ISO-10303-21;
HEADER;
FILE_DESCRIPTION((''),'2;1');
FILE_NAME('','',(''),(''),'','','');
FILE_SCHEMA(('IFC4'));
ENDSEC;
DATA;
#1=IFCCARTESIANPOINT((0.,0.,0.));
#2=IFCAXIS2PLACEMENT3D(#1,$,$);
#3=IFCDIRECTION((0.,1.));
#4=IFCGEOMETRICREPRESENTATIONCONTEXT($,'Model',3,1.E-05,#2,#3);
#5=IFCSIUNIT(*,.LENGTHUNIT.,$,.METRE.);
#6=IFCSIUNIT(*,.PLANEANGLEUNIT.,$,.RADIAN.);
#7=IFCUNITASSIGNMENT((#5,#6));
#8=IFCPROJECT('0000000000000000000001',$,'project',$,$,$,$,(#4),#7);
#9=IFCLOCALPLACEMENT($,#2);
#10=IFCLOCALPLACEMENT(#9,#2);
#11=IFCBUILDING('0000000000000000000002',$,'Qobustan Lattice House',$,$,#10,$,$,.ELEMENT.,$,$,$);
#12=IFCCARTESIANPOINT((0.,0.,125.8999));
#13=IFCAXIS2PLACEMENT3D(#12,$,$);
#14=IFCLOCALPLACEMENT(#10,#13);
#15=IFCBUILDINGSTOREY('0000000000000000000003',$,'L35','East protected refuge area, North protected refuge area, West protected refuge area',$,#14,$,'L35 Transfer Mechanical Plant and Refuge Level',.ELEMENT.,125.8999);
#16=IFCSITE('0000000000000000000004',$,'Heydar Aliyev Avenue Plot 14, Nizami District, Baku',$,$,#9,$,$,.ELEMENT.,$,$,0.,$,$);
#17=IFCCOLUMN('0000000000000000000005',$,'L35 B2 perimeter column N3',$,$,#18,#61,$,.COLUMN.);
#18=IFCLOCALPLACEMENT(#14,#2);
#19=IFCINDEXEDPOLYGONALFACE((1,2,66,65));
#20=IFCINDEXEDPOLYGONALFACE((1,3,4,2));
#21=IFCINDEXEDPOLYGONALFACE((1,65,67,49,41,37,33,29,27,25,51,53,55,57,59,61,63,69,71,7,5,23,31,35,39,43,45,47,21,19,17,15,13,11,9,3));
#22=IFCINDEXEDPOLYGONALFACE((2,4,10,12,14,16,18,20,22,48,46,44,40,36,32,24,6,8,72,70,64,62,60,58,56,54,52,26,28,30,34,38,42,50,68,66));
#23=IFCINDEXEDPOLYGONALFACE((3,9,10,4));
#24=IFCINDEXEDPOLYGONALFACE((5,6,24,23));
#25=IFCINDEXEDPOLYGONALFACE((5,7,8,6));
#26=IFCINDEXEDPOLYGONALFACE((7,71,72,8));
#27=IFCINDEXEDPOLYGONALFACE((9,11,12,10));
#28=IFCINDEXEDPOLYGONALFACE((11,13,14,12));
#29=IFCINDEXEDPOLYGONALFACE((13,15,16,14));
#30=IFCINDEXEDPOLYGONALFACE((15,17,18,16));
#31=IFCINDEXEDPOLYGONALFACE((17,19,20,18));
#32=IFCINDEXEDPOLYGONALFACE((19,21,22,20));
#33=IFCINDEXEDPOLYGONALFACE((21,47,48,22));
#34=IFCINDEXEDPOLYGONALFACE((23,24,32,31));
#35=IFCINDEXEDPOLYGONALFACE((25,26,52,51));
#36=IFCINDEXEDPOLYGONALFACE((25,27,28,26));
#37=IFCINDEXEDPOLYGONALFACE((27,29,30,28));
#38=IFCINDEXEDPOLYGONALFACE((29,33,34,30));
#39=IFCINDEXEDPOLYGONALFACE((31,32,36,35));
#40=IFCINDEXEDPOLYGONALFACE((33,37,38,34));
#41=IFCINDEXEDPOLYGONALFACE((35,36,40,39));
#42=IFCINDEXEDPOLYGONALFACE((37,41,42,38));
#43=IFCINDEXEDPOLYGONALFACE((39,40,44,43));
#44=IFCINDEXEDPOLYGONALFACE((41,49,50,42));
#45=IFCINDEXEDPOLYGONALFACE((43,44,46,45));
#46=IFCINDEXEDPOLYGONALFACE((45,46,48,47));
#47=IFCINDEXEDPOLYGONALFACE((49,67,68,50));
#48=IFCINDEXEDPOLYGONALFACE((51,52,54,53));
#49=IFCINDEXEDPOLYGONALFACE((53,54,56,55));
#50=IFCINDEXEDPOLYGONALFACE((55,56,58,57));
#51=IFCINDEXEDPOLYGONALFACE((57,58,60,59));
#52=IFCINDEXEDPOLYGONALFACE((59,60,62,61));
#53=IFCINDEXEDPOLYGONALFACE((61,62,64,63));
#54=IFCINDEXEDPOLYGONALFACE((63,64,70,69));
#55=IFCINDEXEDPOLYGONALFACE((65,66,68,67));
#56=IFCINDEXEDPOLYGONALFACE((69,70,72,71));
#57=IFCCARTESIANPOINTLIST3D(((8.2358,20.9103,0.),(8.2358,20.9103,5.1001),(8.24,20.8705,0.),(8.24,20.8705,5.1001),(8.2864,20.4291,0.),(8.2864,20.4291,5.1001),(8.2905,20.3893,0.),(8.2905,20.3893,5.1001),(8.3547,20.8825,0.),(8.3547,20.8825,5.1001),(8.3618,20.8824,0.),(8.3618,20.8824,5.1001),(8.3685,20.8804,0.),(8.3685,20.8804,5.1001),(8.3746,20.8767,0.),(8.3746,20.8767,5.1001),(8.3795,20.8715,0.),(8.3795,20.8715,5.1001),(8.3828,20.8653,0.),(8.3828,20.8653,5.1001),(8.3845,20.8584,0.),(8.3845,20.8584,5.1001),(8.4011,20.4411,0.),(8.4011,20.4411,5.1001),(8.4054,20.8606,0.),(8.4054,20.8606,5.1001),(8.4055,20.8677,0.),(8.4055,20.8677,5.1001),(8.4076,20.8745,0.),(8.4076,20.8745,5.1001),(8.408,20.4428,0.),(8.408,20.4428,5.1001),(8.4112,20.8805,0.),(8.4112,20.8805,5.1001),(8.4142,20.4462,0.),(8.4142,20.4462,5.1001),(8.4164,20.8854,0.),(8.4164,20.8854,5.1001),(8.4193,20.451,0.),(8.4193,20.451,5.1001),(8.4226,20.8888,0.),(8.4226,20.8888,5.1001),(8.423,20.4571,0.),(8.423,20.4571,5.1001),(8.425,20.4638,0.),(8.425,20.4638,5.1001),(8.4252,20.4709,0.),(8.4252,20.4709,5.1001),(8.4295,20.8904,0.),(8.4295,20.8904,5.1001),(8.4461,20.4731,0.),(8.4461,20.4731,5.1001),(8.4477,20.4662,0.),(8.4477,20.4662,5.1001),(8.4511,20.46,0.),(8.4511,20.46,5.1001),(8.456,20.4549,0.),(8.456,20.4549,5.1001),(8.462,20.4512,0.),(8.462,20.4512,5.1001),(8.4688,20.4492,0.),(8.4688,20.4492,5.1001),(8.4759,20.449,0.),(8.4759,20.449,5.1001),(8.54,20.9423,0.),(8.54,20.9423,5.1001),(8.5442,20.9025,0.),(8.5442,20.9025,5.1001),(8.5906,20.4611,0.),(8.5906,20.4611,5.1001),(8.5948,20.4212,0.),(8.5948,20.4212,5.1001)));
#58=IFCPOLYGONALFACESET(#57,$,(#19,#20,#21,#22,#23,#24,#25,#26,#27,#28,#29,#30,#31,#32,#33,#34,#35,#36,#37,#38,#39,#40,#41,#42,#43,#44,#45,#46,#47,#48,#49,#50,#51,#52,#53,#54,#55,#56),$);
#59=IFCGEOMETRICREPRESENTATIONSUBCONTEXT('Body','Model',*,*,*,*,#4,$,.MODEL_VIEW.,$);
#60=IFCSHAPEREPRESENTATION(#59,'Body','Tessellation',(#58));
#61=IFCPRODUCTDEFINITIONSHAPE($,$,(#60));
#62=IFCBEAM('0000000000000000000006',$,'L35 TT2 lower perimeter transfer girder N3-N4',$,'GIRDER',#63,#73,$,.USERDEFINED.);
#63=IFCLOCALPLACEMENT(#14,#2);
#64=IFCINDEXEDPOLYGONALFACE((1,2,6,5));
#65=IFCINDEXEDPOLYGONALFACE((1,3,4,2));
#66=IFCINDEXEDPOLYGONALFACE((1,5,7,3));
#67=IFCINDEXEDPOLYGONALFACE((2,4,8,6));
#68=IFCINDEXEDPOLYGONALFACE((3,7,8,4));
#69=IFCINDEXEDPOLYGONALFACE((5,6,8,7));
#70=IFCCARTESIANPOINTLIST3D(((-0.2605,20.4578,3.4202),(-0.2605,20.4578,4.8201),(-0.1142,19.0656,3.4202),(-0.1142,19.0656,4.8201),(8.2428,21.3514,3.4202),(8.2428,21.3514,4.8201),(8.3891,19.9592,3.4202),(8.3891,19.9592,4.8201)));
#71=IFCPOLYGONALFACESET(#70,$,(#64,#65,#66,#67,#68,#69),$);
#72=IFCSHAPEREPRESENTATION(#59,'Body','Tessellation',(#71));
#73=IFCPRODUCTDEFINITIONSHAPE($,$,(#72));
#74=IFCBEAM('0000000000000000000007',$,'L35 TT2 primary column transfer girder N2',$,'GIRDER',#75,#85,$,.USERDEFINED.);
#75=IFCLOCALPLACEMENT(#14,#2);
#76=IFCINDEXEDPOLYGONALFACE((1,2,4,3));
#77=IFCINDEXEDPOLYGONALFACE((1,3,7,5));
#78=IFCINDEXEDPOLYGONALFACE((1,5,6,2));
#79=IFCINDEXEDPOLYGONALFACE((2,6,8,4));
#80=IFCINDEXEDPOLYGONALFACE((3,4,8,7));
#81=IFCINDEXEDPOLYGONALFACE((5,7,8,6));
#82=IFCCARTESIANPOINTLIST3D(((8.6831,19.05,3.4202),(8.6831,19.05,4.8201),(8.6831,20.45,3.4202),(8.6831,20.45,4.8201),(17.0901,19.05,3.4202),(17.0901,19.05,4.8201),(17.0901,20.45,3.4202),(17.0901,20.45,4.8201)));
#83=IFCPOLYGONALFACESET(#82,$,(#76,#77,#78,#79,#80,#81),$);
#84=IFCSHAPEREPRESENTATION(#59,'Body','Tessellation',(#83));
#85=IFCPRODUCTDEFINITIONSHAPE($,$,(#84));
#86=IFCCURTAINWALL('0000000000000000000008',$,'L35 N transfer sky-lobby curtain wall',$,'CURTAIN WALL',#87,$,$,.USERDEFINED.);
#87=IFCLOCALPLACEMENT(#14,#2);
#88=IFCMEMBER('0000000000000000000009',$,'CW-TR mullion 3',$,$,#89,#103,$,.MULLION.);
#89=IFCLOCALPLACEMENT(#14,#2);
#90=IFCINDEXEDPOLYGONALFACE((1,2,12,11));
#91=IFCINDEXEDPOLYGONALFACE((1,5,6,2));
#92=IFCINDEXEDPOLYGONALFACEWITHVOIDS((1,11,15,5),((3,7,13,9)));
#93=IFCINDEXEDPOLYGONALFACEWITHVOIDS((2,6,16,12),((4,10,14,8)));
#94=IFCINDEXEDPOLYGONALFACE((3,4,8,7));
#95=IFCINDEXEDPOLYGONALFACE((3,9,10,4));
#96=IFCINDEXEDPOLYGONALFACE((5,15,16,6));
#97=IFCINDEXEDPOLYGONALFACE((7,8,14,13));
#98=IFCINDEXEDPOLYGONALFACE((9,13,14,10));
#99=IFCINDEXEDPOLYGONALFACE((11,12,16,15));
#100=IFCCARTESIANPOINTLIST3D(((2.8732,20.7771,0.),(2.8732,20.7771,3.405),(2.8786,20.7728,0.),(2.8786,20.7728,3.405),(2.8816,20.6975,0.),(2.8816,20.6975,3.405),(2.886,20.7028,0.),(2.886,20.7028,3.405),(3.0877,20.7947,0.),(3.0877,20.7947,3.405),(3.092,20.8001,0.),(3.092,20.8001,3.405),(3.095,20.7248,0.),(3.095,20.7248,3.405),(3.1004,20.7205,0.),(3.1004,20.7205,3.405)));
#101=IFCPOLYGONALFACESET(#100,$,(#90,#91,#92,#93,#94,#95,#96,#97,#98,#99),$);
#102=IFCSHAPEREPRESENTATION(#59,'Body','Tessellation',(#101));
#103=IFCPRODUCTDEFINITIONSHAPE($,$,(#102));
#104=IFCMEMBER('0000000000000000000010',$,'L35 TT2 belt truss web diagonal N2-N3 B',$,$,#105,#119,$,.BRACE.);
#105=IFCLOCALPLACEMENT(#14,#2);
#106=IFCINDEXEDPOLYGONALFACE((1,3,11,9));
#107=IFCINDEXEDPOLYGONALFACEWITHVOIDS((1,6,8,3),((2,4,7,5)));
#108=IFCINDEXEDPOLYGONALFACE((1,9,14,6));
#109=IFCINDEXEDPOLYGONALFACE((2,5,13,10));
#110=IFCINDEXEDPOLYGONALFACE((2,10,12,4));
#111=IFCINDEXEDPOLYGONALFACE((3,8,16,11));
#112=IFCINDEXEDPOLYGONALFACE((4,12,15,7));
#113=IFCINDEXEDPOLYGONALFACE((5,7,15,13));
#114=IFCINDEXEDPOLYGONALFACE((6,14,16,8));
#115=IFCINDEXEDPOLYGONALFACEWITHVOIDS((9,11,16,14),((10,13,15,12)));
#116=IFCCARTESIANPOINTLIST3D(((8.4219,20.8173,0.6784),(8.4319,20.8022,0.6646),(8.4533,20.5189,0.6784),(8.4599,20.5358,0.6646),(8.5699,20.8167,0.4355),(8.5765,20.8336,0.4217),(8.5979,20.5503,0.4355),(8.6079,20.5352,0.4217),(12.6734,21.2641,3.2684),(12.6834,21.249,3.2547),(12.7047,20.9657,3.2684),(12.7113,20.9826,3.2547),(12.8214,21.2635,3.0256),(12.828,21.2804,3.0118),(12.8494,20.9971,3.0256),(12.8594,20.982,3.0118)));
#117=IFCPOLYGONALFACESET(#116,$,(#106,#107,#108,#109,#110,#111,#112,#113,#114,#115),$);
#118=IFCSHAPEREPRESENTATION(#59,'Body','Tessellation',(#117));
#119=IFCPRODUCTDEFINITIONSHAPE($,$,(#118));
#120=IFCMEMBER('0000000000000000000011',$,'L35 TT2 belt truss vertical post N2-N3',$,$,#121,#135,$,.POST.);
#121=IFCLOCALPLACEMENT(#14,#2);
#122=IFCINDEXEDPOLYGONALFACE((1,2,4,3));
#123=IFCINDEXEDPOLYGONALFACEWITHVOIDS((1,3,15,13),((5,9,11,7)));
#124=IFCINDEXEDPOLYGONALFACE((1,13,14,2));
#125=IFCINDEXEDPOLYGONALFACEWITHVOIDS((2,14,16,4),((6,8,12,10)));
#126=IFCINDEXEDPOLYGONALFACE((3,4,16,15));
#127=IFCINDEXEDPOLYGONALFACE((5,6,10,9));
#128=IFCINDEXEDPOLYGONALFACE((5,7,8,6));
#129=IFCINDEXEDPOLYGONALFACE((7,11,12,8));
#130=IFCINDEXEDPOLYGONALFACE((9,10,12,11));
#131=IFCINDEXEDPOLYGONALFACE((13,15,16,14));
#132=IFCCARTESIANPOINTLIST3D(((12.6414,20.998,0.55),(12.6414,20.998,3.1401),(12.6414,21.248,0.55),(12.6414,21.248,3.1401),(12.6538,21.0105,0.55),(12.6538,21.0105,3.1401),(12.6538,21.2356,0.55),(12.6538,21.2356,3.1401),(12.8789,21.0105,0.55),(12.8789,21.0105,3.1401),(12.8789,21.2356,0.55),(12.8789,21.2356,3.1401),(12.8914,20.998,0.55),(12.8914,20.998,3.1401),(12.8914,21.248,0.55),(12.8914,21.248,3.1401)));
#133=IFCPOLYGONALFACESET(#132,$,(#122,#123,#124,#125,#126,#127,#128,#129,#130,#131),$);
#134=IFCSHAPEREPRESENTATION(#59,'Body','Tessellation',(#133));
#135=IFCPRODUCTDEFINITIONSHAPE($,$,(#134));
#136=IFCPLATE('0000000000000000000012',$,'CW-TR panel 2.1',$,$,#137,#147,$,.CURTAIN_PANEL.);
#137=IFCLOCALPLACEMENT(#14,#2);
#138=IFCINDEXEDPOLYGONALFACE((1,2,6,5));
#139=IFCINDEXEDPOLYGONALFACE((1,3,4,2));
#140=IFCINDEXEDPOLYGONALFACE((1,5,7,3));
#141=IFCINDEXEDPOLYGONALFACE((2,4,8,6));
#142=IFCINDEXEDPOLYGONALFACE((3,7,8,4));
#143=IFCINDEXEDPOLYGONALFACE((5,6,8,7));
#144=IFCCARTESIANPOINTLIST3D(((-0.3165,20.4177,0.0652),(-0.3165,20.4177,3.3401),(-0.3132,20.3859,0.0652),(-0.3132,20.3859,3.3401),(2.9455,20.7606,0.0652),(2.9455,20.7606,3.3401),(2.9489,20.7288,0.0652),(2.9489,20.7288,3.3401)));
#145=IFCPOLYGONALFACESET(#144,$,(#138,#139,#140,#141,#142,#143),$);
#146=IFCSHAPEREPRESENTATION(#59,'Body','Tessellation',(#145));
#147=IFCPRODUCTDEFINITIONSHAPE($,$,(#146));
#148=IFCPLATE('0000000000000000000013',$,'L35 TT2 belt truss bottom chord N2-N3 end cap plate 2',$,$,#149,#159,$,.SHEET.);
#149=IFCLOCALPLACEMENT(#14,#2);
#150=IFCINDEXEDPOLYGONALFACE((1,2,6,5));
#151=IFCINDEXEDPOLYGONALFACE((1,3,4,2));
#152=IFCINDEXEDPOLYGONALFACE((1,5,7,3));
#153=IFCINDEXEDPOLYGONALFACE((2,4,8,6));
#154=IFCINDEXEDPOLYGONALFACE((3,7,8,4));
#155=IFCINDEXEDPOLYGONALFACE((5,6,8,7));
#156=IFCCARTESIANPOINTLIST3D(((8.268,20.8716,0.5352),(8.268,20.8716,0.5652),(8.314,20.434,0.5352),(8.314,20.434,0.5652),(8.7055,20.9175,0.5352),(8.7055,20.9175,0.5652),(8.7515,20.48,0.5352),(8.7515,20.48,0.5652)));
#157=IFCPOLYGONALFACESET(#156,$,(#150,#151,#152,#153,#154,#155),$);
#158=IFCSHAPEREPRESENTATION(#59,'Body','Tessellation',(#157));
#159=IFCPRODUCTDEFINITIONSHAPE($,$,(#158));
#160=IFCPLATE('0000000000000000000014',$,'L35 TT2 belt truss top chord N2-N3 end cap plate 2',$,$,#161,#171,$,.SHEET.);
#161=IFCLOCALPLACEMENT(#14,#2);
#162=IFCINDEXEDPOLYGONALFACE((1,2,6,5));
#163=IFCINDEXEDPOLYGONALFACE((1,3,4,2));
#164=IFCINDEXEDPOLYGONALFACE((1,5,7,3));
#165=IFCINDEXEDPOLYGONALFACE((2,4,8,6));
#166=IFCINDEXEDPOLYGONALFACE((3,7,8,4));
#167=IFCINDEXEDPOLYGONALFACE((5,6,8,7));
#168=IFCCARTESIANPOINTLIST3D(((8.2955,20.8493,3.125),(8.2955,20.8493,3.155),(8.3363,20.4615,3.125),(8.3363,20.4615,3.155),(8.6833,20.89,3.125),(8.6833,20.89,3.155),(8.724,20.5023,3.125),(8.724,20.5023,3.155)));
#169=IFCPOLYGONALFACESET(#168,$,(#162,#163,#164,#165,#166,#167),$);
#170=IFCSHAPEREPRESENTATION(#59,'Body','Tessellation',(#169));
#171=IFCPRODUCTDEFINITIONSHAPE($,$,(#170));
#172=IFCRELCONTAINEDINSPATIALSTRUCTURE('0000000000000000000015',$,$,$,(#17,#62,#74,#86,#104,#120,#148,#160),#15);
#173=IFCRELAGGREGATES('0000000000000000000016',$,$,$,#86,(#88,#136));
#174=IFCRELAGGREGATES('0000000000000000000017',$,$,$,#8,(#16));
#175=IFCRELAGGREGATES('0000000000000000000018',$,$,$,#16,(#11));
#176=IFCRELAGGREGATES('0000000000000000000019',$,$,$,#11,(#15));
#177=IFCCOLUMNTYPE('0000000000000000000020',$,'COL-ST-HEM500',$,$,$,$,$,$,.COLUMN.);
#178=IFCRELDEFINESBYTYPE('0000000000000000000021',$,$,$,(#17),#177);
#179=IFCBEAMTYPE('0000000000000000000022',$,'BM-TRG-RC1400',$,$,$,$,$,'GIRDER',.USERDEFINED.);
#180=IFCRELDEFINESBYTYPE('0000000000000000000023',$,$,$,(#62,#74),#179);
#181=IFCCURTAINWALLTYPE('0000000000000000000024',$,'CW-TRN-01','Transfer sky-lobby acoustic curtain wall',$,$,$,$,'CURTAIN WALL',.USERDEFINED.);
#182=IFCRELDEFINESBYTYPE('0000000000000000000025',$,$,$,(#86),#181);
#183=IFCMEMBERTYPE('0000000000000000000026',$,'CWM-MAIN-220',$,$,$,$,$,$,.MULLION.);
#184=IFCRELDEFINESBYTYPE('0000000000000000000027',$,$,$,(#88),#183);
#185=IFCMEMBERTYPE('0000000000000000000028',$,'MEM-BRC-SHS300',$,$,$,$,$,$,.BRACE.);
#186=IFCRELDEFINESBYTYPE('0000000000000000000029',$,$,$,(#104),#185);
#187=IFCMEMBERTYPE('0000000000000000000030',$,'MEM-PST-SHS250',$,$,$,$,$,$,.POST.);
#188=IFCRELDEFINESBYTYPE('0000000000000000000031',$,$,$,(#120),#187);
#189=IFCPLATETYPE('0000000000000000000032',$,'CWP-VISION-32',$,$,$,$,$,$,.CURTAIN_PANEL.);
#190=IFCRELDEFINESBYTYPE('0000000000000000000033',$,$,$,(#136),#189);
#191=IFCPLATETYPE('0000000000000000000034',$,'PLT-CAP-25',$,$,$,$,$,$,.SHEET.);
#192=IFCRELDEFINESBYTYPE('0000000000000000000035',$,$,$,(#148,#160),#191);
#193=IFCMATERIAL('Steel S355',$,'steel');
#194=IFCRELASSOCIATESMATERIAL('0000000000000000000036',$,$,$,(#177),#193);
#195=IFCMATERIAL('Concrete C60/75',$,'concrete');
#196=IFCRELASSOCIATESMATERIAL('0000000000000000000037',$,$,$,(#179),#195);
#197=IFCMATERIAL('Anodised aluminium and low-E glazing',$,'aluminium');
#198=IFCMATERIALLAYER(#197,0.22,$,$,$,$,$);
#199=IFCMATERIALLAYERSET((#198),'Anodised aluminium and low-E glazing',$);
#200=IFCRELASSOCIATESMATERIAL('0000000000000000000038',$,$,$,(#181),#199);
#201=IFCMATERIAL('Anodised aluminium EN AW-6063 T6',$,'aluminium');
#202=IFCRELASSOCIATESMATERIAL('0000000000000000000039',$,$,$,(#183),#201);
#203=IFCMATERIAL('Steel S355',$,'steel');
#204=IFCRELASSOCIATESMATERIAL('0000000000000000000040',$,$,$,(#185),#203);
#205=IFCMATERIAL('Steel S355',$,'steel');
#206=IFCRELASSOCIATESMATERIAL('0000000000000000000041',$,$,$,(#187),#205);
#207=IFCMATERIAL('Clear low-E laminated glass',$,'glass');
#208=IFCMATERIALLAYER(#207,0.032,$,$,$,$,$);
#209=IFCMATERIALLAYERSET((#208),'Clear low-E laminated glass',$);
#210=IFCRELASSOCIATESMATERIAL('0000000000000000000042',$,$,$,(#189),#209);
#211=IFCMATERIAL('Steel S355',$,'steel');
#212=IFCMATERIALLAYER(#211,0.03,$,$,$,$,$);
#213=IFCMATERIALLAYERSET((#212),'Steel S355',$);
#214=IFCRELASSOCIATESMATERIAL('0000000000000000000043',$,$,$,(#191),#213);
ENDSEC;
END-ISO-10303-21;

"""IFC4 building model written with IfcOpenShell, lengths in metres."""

from ifc_helpers import new_model, si_unit, direction, frame, origin, origin_2d, place, context, subcontext, project, spatial, rectangle, hollow_rectangle, i_section, extrude, material, layer, layer_set, material_profile, profile_set, type_object, element, aggregate, save


model = new_model("IFC4")

# Units and contexts
model_context = context("Model", 3, precision=1e-05, world=origin(), true_north=direction((0.0, 1.0)))
body_context = subcontext(model_context, "Body", "Model", "MODEL_VIEW")
ifc_project = project(units=[si_unit("LENGTHUNIT", "METRE"), si_unit("PLANEANGLEUNIT", "RADIAN")], contexts=[model_context])

# Site, building, storey
site_placement = place(None, origin())
site = spatial("IfcSite", under=ifc_project, at=site_placement, Name="Heydar Aliyev Avenue Plot 14, Nizami District, Baku", CompositionType="ELEMENT", RefElevation=0.0)
building_placement = place(site_placement, origin())
building = spatial("IfcBuilding", under=site, at=building_placement, Name="Qobustan Lattice House", CompositionType="ELEMENT")
storey_placement = place(building_placement, frame((0.0, 0.0, 125.8999)))
storey = spatial("IfcBuildingStorey", under=building, at=storey_placement, Name="L35", Description="East protected refuge area, North protected refuge area, West protected refuge area", LongName="L35 Transfer Mechanical Plant and Refuge Level", CompositionType="ELEMENT", Elevation=125.8999)

# Column
ifc_material_1 = material(Name="Steel S355", Category="steel")
ifc_material_profile_1 = material_profile(ifc_material_1, i_section(OverallWidth=0.3059, OverallDepth=0.5239, WebThickness=0.021, FlangeThickness=0.04, FilletRadius=0.0271, at=origin_2d()), Name="HEM500")
ifc_profile_set_1 = profile_set([ifc_material_profile_1], Name="Steel S355")
column_type = type_object("IfcColumnType", Name="COL-ST-HEM500", PredefinedType="COLUMN", material=ifc_profile_set_1)
column_placement = place(storey_placement, frame((8.4153, 20.6658, 0.0), z_axis=(0.0, 0.0, 1.0), x_axis=(0.994522, 0.104528, 0.0)))
element("IfcColumn", 1, at=column_placement, inside=storey, type_object=column_type, Name="L35 B2 perimeter column N3", PredefinedType="COLUMN", context=body_context, shape_type="SweptSolid", body=[
    extrude(i_section(OverallWidth=0.3059, OverallDepth=0.5239, WebThickness=0.021, FlangeThickness=0.04, FilletRadius=0.0271, at=origin_2d()), origin(), (0.0, 0.0, 1.0), 5.1001),
])

# Beams
ifc_material_2 = material(Name="Concrete C60/75", Category="concrete")
ifc_material_profile_2 = material_profile(ifc_material_2, rectangle(XDim=1.3999, YDim=1.3999, at=origin_2d()), Name="RC1400x1400")
ifc_profile_set_2 = profile_set([ifc_material_profile_2], Name="Concrete C60/75")
beam_type = type_object("IfcBeamType", Name="BM-TRG-RC1400", ElementType="GIRDER", PredefinedType="USERDEFINED", material=ifc_profile_set_2)
beam_1_placement = place(storey_placement, frame((8.3159, 20.6553, 4.1201), z_axis=(-0.994524, -0.104509, 0.0), x_axis=(0.104509, -0.994524, 0.0)))
element("IfcBeam", 2, at=beam_1_placement, inside=storey, type_object=beam_type, Name="L35 TT2 lower perimeter transfer girder N3-N4", ObjectType="GIRDER", PredefinedType="USERDEFINED", context=body_context, shape_type="SweptSolid", body=[
    extrude(rectangle(XDim=1.3999, YDim=1.3999, at=origin_2d()), origin(), (0.0, 0.0, 1.0), 8.55),
])
beam_2_placement = place(storey_placement, frame((8.6831, 19.75, 4.1201), z_axis=(1.0, 0.0, 0.0), x_axis=(0.0, 1.0, 0.0)))
element("IfcBeam", 3, at=beam_2_placement, inside=storey, type_object=beam_type, Name="L35 TT2 primary column transfer girder N2", ObjectType="GIRDER", PredefinedType="USERDEFINED", context=body_context, shape_type="SweptSolid", body=[
    extrude(rectangle(XDim=1.3999, YDim=1.3999, at=origin_2d()), origin(), (0.0, 0.0, 1.0), 8.407),
])

# Curtain wall, member
ifc_material_3 = material(Name="Anodised aluminium and low-E glazing", Category="aluminium")
ifc_layer_1 = layer(ifc_material_3, 0.22)
ifc_layer_set_1 = layer_set([ifc_layer_1], Name="Anodised aluminium and low-E glazing")
curtain_wall_type = type_object("IfcCurtainWallType", Name="CW-TRN-01", Description="Transfer sky-lobby acoustic curtain wall", ElementType="CURTAIN WALL", PredefinedType="USERDEFINED", material=ifc_layer_set_1)
curtain_wall_placement = place(storey_placement, origin())
curtain_wall = element("IfcCurtainWall", 4, at=curtain_wall_placement, inside=storey, type_object=curtain_wall_type, Name="L35 N transfer sky-lobby curtain wall", ObjectType="CURTAIN WALL", PredefinedType="USERDEFINED")
ifc_material_4 = material(Name="Anodised aluminium EN AW-6063 T6", Category="aluminium")
ifc_material_profile_3 = material_profile(ifc_material_4, hollow_rectangle(XDim=0.0801, YDim=0.22, WallThickness=0.0049, at=origin_2d()), Name="CWM-220x80")
ifc_profile_set_3 = profile_set([ifc_material_profile_3], Name="Anodised aluminium EN AW-6063 T6")
member_type_1 = type_object("IfcMemberType", Name="CWM-MAIN-220", PredefinedType="MULLION", material=ifc_profile_set_3)
member_1_placement = place(storey_placement, frame((2.9868, 20.7488, 0.0), z_axis=(0.0, 0.0, 1.0), x_axis=(-0.104545, 0.99452, 0.0)))
member_1 = element("IfcMember", 5, at=member_1_placement, type_object=member_type_1, Name="CW-TR mullion 3", PredefinedType="MULLION", context=body_context, shape_type="SweptSolid", body=[
    extrude(hollow_rectangle(XDim=0.0801, YDim=0.22, WallThickness=0.0049, at=origin_2d()), origin(), (0.0, 0.0, 1.0), 3.405),
])

# Members
ifc_material_5 = material(Name="Steel S355", Category="steel")
ifc_material_profile_4 = material_profile(ifc_material_5, hollow_rectangle(XDim=0.3, YDim=0.3, WallThickness=0.0161, at=origin_2d()), Name="SHS300x300x16")
ifc_profile_set_4 = profile_set([ifc_material_profile_4], Name="Steel S355")
member_type_2 = type_object("IfcMemberType", Name="MEM-BRC-SHS300", PredefinedType="BRACE", material=ifc_profile_set_4)
member_2_placement = place(storey_placement, frame((12.7664, 21.123, 3.1401), z_axis=(-0.85058, -0.089386, -0.518193), x_axis=(0.104512, -0.994524, 0.0)))
element("IfcMember", 6, at=member_2_placement, inside=storey, type_object=member_type_2, Name="L35 TT2 belt truss web diagonal N2-N3 B", PredefinedType="BRACE", context=body_context, shape_type="SweptSolid", body=[
    extrude(hollow_rectangle(XDim=0.3, YDim=0.3, WallThickness=0.0161, at=origin_2d()), origin(), (0.0, 0.0, 1.0), 4.9983),
])
ifc_material_6 = material(Name="Steel S355", Category="steel")
ifc_material_profile_5 = material_profile(ifc_material_6, hollow_rectangle(XDim=0.25, YDim=0.25, WallThickness=0.0125, at=origin_2d()), Name="SHS250x250x12.5")
ifc_profile_set_5 = profile_set([ifc_material_profile_5], Name="Steel S355")
member_type_3 = type_object("IfcMemberType", Name="MEM-PST-SHS250", PredefinedType="POST", material=ifc_profile_set_5)
member_3_placement = place(storey_placement, frame((12.7664, 21.123, 0.55), z_axis=(0.0, 0.0, 1.0), x_axis=(1.0, 0.0, 0.0)))
element("IfcMember", 7, at=member_3_placement, inside=storey, type_object=member_type_3, Name="L35 TT2 belt truss vertical post N2-N3", PredefinedType="POST", context=body_context, shape_type="SweptSolid", body=[
    extrude(hollow_rectangle(XDim=0.25, YDim=0.25, WallThickness=0.0125, at=origin_2d()), origin(), (0.0, 0.0, 1.0), 2.5901),
])

# Plate
ifc_material_7 = material(Name="Clear low-E laminated glass", Category="glass")
ifc_layer_2 = layer(ifc_material_7, 0.032)
ifc_layer_set_2 = layer_set([ifc_layer_2], Name="Clear low-E laminated glass")
plate_type_1 = type_object("IfcPlateType", Name="CWP-VISION-32", PredefinedType="CURTAIN_PANEL", material=ifc_layer_set_2)
plate_1_placement = place(storey_placement, frame((1.3162, 20.5732, 0.0652), z_axis=(0.0, 0.0, 1.0), x_axis=(0.99452, 0.104545, 0.0)))
plate_1 = element("IfcPlate", 8, at=plate_1_placement, type_object=plate_type_1, Name="CW-TR panel 2.1", PredefinedType="CURTAIN_PANEL", context=body_context, shape_type="SweptSolid", body=[
    extrude(rectangle(XDim=3.28, YDim=0.032, at=origin_2d()), origin(), (0.0, 0.0, 1.0), 3.2749),
])
aggregate(curtain_wall, [member_1, plate_1])

# Plates
ifc_material_8 = material(Name="Steel S355", Category="steel")
ifc_layer_3 = layer(ifc_material_8, 0.03)
ifc_layer_set_3 = layer_set([ifc_layer_3], Name="Steel S355")
plate_type_2 = type_object("IfcPlateType", Name="PLT-CAP-25", PredefinedType="SHEET", material=ifc_layer_set_3)
plate_2_placement = place(storey_placement, frame((8.5098, 20.6758, 0.5352), z_axis=(0.0, 0.0, 1.0), x_axis=(-0.994522, -0.104528, 0.0)))
element("IfcPlate", 9, at=plate_2_placement, inside=storey, type_object=plate_type_2, Name="L35 TT2 belt truss bottom chord N2-N3 end cap plate 2", PredefinedType="SHEET", context=body_context, shape_type="SweptSolid", body=[
    extrude(rectangle(XDim=0.4399, YDim=0.4399, at=origin_2d()), origin(), (0.0, 0.0, 1.0), 0.03),
])
plate_3_placement = place(storey_placement, frame((8.5098, 20.6758, 3.125), z_axis=(0.0, 0.0, 1.0), x_axis=(-0.994522, -0.104528, 0.0)))
element("IfcPlate", 10, at=plate_3_placement, inside=storey, type_object=plate_type_2, Name="L35 TT2 belt truss top chord N2-N3 end cap plate 2", PredefinedType="SHEET", context=body_context, shape_type="SweptSolid", body=[
    extrude(rectangle(XDim=0.3899, YDim=0.3899, at=origin_2d()), origin(), (0.0, 0.0, 1.0), 0.03),
])

save(model, "model.ifc")
